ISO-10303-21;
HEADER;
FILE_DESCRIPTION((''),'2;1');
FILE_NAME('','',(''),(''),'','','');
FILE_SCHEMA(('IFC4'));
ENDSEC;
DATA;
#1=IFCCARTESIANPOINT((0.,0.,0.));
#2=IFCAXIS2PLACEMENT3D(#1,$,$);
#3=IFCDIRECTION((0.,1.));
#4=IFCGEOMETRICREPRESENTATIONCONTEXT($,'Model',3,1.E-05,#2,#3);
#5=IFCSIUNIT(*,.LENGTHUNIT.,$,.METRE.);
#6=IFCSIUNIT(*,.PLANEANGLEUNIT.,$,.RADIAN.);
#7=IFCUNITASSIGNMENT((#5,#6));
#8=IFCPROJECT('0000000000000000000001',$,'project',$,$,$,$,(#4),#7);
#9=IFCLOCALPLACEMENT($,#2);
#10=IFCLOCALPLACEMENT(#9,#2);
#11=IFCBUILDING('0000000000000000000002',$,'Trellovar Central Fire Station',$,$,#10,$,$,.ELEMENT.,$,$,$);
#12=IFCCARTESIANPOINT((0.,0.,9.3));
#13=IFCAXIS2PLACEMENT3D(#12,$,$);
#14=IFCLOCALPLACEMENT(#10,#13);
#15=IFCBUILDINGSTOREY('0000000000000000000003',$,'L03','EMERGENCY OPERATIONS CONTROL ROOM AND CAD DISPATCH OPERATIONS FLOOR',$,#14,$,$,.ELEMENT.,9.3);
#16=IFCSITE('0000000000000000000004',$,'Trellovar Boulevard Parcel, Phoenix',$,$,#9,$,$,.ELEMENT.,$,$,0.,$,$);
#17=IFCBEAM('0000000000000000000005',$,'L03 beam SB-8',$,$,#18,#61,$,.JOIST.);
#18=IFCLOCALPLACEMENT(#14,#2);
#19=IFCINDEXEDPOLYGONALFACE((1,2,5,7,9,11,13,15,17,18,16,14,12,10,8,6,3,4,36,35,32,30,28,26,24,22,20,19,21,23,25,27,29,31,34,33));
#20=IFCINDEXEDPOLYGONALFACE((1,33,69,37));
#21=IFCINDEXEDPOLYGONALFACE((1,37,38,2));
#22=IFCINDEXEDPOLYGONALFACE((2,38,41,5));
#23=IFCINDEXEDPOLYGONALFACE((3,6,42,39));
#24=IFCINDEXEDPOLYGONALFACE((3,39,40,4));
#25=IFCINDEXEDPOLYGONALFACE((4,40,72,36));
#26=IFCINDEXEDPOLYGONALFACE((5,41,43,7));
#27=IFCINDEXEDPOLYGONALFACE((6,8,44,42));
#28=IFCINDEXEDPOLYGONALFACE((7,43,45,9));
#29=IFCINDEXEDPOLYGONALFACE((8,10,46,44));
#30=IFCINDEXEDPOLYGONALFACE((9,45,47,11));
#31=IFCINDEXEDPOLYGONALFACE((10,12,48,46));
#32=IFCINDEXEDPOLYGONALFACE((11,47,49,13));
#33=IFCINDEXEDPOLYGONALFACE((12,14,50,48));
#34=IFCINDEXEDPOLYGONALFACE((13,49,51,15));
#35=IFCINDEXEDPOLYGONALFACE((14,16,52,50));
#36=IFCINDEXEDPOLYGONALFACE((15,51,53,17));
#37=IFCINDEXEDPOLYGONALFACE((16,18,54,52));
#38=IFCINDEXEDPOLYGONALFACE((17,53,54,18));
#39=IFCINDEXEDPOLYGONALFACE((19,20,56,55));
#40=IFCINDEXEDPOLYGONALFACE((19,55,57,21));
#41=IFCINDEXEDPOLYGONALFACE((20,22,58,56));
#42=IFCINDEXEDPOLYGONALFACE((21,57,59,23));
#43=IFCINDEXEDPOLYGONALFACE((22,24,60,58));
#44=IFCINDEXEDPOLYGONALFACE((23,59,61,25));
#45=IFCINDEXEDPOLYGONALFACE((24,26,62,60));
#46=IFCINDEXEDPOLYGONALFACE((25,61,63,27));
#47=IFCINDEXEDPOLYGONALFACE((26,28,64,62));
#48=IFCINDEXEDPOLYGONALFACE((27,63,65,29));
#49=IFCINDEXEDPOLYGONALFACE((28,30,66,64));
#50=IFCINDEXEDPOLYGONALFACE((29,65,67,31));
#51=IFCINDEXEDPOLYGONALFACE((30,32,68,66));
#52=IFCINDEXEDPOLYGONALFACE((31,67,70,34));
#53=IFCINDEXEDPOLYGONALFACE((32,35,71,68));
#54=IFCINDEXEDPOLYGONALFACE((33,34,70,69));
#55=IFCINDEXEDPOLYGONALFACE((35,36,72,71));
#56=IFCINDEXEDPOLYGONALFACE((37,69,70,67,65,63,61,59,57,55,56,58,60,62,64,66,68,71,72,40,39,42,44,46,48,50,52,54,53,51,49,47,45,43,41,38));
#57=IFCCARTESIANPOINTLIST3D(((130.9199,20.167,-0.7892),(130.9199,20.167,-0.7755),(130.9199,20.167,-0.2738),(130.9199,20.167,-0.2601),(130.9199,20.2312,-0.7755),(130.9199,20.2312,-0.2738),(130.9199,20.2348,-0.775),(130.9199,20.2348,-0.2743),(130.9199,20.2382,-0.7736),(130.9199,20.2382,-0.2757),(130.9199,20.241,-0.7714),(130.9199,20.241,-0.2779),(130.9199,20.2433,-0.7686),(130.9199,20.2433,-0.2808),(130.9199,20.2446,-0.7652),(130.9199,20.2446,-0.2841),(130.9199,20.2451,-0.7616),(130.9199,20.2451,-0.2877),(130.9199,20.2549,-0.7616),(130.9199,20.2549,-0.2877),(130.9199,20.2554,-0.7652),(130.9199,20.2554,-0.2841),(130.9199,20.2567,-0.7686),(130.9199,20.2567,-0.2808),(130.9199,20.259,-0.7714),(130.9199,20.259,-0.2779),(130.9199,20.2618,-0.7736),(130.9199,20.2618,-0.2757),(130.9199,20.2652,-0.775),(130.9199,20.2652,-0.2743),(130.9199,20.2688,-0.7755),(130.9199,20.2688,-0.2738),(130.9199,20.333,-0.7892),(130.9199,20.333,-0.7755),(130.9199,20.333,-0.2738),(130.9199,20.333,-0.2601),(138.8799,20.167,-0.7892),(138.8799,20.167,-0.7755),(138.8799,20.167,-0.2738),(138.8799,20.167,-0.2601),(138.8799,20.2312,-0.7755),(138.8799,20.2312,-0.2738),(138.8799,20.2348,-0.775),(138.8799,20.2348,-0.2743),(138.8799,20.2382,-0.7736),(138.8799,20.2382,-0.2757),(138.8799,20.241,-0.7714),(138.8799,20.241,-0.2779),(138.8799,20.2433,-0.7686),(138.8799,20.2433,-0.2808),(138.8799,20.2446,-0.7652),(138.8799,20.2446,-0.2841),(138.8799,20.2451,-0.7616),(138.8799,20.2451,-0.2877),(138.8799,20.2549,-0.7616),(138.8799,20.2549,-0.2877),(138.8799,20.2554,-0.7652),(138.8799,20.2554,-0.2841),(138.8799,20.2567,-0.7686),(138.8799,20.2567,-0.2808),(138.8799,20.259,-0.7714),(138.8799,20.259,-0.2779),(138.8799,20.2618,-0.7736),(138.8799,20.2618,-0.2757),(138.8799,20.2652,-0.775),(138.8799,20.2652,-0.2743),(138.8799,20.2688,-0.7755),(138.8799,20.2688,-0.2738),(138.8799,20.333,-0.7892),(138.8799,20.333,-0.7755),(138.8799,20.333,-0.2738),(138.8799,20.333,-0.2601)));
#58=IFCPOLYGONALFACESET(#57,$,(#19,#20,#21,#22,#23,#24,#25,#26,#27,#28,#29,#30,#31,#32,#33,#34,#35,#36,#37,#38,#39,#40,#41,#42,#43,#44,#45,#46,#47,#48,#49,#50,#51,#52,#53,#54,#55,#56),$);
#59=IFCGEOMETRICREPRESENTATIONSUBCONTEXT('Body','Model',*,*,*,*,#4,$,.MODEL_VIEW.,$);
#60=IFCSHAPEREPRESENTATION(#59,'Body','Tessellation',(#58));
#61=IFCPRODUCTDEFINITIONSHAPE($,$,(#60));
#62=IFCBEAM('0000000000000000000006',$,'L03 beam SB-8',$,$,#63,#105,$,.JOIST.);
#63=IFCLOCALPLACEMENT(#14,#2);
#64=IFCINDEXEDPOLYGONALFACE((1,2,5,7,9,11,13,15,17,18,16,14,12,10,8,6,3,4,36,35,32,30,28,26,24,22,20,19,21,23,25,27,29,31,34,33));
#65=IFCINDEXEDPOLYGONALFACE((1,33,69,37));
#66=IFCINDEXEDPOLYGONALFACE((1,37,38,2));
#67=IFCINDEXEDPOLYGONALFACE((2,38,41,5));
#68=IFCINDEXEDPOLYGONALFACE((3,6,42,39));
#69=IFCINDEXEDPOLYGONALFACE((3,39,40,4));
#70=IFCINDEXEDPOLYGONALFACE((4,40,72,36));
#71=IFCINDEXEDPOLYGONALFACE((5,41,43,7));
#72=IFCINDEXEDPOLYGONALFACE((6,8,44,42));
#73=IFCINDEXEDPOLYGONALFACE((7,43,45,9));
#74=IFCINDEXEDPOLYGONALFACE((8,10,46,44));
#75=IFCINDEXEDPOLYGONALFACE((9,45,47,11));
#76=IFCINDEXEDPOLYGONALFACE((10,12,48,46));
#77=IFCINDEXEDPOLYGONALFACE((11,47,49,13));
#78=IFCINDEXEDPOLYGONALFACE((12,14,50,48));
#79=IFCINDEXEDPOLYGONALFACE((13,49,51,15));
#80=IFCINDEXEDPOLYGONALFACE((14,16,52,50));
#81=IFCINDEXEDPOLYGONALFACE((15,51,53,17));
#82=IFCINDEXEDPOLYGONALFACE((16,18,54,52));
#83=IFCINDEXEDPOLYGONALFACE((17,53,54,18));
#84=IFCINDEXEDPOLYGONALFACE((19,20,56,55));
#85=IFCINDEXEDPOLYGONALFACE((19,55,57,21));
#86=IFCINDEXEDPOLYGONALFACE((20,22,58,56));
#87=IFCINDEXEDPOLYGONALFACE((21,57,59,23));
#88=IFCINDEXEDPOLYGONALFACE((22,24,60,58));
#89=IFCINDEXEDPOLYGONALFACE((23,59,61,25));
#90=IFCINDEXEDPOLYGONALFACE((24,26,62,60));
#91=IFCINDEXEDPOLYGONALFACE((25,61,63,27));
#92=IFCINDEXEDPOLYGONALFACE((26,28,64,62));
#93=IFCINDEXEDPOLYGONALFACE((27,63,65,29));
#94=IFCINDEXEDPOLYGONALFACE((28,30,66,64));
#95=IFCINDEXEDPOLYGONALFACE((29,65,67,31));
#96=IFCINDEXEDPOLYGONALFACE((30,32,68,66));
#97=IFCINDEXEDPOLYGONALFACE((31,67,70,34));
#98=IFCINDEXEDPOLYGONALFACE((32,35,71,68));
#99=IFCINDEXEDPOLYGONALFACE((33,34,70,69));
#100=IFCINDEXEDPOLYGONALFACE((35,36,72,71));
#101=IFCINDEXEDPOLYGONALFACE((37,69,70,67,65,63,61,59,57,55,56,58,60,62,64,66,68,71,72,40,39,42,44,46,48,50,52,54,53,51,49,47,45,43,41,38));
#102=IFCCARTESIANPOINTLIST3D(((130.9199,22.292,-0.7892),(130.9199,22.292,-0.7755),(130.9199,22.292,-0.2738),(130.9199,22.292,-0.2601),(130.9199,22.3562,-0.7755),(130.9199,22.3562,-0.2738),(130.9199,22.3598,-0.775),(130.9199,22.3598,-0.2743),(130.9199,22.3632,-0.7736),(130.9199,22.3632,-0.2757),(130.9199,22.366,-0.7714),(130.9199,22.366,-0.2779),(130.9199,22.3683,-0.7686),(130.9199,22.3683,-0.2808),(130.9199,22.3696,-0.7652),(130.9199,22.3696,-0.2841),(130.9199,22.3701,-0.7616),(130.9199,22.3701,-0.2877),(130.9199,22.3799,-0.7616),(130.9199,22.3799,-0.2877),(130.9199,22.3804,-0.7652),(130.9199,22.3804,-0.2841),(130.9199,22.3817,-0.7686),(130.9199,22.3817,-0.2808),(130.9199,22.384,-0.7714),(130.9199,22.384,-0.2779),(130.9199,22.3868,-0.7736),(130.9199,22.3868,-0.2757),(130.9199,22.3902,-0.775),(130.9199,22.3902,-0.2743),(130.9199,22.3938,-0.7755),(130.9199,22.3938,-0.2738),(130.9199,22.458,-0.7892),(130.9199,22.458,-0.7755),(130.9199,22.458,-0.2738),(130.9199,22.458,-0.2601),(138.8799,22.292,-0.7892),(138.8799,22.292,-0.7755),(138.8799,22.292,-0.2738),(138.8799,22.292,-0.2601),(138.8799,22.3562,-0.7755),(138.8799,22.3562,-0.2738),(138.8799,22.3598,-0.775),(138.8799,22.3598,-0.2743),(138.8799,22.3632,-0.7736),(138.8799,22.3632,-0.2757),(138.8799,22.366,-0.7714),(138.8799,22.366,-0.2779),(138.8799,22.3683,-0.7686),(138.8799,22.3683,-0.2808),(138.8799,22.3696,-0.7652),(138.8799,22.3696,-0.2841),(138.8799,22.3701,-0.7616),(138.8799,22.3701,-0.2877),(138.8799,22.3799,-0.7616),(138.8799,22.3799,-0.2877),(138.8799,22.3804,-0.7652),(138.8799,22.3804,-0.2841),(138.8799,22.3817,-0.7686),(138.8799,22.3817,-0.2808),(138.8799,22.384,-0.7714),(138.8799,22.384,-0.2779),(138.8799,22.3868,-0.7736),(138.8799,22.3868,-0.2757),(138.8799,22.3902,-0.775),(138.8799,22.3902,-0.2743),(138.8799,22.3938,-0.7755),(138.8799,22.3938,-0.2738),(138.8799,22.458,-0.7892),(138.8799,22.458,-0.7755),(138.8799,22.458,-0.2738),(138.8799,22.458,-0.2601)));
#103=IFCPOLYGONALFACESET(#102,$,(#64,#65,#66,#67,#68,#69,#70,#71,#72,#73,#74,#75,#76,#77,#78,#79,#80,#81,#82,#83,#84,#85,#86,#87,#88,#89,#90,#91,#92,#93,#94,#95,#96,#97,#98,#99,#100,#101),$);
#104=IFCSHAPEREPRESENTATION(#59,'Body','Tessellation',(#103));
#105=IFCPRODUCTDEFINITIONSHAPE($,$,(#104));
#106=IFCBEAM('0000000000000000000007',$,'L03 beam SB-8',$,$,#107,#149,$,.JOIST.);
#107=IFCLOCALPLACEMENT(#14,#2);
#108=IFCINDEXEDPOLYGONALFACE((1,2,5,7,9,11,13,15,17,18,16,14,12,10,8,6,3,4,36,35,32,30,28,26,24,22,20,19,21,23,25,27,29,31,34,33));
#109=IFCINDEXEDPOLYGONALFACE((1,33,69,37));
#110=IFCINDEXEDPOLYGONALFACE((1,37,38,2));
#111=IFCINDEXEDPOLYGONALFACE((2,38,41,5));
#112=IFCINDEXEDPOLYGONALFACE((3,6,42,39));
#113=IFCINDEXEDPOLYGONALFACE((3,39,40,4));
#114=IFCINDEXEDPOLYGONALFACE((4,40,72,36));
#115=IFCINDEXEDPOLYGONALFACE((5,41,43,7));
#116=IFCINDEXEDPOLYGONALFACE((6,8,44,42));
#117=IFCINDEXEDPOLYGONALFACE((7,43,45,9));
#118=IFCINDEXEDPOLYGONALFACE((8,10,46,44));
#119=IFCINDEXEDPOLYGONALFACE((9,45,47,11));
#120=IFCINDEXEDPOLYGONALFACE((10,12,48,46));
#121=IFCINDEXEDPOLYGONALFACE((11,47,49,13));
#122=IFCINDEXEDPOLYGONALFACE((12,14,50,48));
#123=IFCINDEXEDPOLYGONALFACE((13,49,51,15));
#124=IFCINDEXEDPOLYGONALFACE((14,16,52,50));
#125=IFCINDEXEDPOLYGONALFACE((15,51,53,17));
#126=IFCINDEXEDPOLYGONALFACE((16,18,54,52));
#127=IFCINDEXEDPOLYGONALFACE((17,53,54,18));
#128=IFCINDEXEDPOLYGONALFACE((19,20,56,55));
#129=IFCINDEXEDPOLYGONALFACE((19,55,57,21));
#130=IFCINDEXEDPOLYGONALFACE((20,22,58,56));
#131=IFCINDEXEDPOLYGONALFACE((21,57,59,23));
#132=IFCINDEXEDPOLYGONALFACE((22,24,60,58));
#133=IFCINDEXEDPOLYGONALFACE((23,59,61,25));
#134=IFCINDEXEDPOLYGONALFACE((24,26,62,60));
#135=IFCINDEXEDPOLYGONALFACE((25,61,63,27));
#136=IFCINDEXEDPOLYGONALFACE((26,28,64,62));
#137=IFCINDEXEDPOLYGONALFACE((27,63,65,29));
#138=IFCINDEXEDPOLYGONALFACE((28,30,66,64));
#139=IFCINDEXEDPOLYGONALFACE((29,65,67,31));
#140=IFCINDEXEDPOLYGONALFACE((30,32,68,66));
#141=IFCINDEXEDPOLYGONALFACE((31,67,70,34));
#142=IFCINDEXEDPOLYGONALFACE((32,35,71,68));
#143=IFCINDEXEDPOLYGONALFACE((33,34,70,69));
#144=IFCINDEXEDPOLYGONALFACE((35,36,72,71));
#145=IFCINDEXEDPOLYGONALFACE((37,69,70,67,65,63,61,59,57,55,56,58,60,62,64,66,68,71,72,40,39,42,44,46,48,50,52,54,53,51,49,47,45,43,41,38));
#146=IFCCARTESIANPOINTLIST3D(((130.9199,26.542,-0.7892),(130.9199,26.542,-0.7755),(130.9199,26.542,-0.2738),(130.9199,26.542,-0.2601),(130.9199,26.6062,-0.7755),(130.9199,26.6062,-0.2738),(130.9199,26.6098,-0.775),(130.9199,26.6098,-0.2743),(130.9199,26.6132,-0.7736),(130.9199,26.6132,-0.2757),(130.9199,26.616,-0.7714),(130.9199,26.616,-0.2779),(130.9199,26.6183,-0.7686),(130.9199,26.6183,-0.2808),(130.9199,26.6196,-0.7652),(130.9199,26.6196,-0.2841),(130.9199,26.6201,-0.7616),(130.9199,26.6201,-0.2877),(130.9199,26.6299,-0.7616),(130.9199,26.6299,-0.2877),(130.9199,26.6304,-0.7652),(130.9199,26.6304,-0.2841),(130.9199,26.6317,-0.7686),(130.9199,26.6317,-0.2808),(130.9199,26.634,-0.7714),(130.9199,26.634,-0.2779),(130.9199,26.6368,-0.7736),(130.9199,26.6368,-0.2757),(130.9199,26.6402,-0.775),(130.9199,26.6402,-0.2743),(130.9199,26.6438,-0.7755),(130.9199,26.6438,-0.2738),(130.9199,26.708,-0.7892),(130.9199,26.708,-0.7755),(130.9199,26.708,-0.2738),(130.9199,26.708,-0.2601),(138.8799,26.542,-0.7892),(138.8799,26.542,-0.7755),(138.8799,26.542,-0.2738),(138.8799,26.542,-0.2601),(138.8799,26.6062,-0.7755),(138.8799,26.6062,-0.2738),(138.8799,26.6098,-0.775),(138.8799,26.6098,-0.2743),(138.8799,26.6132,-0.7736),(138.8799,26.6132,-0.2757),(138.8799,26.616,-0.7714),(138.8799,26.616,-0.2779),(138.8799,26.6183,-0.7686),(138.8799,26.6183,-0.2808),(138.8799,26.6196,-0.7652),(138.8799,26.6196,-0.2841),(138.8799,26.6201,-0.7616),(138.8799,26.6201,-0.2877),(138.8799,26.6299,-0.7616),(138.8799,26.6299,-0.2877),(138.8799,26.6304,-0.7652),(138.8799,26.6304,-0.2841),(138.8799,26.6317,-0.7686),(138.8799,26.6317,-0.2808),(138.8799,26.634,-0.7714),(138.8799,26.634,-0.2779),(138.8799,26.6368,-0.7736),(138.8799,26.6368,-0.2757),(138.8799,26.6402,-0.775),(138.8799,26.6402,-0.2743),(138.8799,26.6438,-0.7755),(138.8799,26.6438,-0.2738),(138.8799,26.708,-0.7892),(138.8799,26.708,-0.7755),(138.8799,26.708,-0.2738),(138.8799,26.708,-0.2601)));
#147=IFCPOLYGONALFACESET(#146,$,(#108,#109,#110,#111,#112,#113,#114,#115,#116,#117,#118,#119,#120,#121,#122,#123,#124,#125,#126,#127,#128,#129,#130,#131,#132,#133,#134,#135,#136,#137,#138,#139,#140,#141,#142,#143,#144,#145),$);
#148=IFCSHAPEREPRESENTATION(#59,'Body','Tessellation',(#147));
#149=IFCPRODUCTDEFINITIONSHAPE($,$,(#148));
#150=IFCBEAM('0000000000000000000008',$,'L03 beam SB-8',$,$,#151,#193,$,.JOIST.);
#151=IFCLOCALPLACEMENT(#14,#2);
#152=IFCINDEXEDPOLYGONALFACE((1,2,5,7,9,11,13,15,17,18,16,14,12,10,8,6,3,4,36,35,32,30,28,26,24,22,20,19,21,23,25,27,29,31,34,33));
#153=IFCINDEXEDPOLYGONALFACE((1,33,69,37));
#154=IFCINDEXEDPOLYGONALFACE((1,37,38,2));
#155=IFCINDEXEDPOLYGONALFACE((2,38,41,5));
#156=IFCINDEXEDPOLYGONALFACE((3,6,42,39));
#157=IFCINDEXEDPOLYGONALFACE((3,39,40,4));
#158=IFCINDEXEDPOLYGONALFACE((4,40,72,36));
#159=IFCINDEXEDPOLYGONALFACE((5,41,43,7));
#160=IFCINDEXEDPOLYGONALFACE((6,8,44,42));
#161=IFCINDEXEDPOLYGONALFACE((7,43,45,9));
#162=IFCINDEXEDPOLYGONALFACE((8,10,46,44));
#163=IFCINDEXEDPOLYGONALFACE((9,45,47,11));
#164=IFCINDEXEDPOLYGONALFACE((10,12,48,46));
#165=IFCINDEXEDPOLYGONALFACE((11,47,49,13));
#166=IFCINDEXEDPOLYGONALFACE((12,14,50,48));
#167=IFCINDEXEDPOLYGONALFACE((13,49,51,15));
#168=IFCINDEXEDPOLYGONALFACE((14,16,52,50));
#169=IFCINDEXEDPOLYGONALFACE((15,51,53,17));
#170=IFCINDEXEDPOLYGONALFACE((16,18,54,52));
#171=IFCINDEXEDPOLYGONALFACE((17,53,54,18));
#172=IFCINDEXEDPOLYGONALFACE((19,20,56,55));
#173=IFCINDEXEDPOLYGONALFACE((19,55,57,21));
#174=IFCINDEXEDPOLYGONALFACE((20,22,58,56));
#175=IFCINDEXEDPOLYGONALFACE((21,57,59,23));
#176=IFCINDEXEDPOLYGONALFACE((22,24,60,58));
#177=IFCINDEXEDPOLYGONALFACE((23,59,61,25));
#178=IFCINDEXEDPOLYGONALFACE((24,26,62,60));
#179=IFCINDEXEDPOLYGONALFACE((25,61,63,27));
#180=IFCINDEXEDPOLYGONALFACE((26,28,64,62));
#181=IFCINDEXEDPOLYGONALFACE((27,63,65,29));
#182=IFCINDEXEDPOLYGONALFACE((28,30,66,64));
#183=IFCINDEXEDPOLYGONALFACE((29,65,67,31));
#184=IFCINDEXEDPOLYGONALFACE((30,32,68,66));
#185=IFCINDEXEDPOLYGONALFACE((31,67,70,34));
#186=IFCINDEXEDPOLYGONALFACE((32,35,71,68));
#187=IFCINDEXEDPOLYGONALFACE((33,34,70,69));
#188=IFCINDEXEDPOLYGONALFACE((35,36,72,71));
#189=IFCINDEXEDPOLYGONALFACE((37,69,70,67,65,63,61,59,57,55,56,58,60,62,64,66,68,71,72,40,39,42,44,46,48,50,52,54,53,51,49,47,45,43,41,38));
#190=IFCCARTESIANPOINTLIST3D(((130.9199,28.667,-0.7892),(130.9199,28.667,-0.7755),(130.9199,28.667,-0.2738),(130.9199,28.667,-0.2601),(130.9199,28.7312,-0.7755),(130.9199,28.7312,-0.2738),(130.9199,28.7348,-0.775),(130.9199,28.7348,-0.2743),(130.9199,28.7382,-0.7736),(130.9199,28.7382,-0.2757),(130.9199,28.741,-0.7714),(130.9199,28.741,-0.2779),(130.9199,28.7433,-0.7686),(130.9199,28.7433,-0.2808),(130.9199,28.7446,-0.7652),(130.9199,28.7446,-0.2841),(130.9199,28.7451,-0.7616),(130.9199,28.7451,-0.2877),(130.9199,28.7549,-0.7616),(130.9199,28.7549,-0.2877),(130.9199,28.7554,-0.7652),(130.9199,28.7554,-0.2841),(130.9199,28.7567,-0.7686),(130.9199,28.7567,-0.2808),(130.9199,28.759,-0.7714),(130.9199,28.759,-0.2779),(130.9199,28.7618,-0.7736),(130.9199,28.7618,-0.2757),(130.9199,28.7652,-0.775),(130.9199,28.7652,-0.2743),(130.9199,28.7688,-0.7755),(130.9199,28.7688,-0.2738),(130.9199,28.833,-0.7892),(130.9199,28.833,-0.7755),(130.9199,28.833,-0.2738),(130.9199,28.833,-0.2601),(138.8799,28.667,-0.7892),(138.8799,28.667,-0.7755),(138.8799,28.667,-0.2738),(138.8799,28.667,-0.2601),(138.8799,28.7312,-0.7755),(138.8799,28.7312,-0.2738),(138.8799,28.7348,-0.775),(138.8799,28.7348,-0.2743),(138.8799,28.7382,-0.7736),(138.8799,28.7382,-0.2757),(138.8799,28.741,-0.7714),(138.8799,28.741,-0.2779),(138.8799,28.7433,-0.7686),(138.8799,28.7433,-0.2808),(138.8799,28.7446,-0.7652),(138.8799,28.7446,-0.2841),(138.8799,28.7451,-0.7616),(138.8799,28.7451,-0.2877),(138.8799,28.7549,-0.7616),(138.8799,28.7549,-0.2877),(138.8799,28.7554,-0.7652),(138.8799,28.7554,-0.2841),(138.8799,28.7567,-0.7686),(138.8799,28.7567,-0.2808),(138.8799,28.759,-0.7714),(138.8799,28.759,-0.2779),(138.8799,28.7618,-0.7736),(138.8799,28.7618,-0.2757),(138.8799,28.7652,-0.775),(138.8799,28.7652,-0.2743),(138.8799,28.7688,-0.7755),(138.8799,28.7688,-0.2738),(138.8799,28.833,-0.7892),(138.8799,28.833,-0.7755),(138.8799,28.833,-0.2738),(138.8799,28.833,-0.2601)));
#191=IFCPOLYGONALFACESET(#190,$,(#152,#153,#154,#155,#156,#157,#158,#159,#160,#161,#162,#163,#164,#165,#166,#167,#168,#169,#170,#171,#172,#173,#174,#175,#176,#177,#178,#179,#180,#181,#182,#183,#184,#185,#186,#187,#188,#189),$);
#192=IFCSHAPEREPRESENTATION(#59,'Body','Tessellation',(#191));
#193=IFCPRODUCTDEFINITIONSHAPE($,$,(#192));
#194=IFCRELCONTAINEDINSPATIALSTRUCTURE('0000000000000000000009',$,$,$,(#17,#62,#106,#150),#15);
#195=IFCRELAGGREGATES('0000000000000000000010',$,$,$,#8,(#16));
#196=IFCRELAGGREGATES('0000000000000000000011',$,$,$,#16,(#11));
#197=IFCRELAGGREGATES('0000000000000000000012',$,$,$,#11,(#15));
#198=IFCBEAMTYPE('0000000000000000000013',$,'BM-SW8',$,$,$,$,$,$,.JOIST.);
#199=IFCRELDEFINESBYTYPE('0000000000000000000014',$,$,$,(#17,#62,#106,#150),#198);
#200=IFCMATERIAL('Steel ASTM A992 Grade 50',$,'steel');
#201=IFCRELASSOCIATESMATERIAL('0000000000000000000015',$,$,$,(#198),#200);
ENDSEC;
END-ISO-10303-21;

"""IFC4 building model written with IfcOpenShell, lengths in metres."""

from ifc_helpers import new_model, si_unit, direction, frame, origin, origin_2d, place, context, subcontext, project, spatial, i_section, extrude, material, material_profile, profile_set, type_object, element, save


model = new_model("IFC4")

# Units and contexts
model_context = context("Model", 3, precision=1e-05, world=origin(), true_north=direction((0.0, 1.0)))
body_context = subcontext(model_context, "Body", "Model", "MODEL_VIEW")
ifc_project = project(units=[si_unit("LENGTHUNIT", "METRE"), si_unit("PLANEANGLEUNIT", "RADIAN")], contexts=[model_context])

# Site, building, storey
site_placement = place(None, origin())
site = spatial("IfcSite", under=ifc_project, at=site_placement, Name="Trellovar Boulevard Parcel, Phoenix", CompositionType="ELEMENT", RefElevation=0.0)
building_placement = place(site_placement, origin())
building = spatial("IfcBuilding", under=site, at=building_placement, Name="Trellovar Central Fire Station", CompositionType="ELEMENT")
storey_placement = place(building_placement, frame((0.0, 0.0, 9.3)))
storey = spatial("IfcBuildingStorey", under=building, at=storey_placement, Name="L03", Description="EMERGENCY OPERATIONS CONTROL ROOM AND CAD DISPATCH OPERATIONS FLOOR", CompositionType="ELEMENT", Elevation=9.3)

# Beams
ifc_material_1 = material(Name="Steel ASTM A992 Grade 50", Category="steel")
ifc_material_profile_1 = material_profile(ifc_material_1, i_section(OverallWidth=0.166, OverallDepth=0.5291, WebThickness=0.0098, FlangeThickness=0.0137, FilletRadius=0.0139, at=origin_2d()), Name="W21X50")
ifc_profile_set_1 = profile_set([ifc_material_profile_1], Name="Steel ASTM A992 Grade 50")
beam_type_1 = type_object("IfcBeamType", Name="BM-SW8", PredefinedType="JOIST", material=ifc_profile_set_1)
for number, where, z_axis, x_axis, name in (
    (1, (130.9199, 20.25, -0.5247), (1.0, 0.0, 0.0), (0.0, 1.0, 0.0), "L03 beam SB-8"),
    (2, (130.9199, 22.375, -0.5247), (1.0, 0.0, 0.0), (0.0, 1.0, 0.0), "L03 beam SB-8"),
    (3, (130.9199, 26.625, -0.5247), (1.0, 0.0, 0.0), (0.0, 1.0, 0.0), "L03 beam SB-8"),
    (4, (130.9199, 28.75, -0.5247), (1.0, 0.0, 0.0), (0.0, 1.0, 0.0), "L03 beam SB-8"),
):
    element("IfcBeam", number, at=place(storey_placement, frame(where, z_axis=z_axis, x_axis=x_axis)), inside=storey, type_object=beam_type_1, Name=name, PredefinedType="JOIST", context=body_context, shape_type="SweptSolid", body=[
        extrude(i_section(OverallWidth=0.166, OverallDepth=0.5291, WebThickness=0.0098, FlangeThickness=0.0137, FilletRadius=0.0139, at=origin_2d()), origin(), (0.0, 0.0, 1.0), 7.96),
    ])

save(model, "model.ifc")
